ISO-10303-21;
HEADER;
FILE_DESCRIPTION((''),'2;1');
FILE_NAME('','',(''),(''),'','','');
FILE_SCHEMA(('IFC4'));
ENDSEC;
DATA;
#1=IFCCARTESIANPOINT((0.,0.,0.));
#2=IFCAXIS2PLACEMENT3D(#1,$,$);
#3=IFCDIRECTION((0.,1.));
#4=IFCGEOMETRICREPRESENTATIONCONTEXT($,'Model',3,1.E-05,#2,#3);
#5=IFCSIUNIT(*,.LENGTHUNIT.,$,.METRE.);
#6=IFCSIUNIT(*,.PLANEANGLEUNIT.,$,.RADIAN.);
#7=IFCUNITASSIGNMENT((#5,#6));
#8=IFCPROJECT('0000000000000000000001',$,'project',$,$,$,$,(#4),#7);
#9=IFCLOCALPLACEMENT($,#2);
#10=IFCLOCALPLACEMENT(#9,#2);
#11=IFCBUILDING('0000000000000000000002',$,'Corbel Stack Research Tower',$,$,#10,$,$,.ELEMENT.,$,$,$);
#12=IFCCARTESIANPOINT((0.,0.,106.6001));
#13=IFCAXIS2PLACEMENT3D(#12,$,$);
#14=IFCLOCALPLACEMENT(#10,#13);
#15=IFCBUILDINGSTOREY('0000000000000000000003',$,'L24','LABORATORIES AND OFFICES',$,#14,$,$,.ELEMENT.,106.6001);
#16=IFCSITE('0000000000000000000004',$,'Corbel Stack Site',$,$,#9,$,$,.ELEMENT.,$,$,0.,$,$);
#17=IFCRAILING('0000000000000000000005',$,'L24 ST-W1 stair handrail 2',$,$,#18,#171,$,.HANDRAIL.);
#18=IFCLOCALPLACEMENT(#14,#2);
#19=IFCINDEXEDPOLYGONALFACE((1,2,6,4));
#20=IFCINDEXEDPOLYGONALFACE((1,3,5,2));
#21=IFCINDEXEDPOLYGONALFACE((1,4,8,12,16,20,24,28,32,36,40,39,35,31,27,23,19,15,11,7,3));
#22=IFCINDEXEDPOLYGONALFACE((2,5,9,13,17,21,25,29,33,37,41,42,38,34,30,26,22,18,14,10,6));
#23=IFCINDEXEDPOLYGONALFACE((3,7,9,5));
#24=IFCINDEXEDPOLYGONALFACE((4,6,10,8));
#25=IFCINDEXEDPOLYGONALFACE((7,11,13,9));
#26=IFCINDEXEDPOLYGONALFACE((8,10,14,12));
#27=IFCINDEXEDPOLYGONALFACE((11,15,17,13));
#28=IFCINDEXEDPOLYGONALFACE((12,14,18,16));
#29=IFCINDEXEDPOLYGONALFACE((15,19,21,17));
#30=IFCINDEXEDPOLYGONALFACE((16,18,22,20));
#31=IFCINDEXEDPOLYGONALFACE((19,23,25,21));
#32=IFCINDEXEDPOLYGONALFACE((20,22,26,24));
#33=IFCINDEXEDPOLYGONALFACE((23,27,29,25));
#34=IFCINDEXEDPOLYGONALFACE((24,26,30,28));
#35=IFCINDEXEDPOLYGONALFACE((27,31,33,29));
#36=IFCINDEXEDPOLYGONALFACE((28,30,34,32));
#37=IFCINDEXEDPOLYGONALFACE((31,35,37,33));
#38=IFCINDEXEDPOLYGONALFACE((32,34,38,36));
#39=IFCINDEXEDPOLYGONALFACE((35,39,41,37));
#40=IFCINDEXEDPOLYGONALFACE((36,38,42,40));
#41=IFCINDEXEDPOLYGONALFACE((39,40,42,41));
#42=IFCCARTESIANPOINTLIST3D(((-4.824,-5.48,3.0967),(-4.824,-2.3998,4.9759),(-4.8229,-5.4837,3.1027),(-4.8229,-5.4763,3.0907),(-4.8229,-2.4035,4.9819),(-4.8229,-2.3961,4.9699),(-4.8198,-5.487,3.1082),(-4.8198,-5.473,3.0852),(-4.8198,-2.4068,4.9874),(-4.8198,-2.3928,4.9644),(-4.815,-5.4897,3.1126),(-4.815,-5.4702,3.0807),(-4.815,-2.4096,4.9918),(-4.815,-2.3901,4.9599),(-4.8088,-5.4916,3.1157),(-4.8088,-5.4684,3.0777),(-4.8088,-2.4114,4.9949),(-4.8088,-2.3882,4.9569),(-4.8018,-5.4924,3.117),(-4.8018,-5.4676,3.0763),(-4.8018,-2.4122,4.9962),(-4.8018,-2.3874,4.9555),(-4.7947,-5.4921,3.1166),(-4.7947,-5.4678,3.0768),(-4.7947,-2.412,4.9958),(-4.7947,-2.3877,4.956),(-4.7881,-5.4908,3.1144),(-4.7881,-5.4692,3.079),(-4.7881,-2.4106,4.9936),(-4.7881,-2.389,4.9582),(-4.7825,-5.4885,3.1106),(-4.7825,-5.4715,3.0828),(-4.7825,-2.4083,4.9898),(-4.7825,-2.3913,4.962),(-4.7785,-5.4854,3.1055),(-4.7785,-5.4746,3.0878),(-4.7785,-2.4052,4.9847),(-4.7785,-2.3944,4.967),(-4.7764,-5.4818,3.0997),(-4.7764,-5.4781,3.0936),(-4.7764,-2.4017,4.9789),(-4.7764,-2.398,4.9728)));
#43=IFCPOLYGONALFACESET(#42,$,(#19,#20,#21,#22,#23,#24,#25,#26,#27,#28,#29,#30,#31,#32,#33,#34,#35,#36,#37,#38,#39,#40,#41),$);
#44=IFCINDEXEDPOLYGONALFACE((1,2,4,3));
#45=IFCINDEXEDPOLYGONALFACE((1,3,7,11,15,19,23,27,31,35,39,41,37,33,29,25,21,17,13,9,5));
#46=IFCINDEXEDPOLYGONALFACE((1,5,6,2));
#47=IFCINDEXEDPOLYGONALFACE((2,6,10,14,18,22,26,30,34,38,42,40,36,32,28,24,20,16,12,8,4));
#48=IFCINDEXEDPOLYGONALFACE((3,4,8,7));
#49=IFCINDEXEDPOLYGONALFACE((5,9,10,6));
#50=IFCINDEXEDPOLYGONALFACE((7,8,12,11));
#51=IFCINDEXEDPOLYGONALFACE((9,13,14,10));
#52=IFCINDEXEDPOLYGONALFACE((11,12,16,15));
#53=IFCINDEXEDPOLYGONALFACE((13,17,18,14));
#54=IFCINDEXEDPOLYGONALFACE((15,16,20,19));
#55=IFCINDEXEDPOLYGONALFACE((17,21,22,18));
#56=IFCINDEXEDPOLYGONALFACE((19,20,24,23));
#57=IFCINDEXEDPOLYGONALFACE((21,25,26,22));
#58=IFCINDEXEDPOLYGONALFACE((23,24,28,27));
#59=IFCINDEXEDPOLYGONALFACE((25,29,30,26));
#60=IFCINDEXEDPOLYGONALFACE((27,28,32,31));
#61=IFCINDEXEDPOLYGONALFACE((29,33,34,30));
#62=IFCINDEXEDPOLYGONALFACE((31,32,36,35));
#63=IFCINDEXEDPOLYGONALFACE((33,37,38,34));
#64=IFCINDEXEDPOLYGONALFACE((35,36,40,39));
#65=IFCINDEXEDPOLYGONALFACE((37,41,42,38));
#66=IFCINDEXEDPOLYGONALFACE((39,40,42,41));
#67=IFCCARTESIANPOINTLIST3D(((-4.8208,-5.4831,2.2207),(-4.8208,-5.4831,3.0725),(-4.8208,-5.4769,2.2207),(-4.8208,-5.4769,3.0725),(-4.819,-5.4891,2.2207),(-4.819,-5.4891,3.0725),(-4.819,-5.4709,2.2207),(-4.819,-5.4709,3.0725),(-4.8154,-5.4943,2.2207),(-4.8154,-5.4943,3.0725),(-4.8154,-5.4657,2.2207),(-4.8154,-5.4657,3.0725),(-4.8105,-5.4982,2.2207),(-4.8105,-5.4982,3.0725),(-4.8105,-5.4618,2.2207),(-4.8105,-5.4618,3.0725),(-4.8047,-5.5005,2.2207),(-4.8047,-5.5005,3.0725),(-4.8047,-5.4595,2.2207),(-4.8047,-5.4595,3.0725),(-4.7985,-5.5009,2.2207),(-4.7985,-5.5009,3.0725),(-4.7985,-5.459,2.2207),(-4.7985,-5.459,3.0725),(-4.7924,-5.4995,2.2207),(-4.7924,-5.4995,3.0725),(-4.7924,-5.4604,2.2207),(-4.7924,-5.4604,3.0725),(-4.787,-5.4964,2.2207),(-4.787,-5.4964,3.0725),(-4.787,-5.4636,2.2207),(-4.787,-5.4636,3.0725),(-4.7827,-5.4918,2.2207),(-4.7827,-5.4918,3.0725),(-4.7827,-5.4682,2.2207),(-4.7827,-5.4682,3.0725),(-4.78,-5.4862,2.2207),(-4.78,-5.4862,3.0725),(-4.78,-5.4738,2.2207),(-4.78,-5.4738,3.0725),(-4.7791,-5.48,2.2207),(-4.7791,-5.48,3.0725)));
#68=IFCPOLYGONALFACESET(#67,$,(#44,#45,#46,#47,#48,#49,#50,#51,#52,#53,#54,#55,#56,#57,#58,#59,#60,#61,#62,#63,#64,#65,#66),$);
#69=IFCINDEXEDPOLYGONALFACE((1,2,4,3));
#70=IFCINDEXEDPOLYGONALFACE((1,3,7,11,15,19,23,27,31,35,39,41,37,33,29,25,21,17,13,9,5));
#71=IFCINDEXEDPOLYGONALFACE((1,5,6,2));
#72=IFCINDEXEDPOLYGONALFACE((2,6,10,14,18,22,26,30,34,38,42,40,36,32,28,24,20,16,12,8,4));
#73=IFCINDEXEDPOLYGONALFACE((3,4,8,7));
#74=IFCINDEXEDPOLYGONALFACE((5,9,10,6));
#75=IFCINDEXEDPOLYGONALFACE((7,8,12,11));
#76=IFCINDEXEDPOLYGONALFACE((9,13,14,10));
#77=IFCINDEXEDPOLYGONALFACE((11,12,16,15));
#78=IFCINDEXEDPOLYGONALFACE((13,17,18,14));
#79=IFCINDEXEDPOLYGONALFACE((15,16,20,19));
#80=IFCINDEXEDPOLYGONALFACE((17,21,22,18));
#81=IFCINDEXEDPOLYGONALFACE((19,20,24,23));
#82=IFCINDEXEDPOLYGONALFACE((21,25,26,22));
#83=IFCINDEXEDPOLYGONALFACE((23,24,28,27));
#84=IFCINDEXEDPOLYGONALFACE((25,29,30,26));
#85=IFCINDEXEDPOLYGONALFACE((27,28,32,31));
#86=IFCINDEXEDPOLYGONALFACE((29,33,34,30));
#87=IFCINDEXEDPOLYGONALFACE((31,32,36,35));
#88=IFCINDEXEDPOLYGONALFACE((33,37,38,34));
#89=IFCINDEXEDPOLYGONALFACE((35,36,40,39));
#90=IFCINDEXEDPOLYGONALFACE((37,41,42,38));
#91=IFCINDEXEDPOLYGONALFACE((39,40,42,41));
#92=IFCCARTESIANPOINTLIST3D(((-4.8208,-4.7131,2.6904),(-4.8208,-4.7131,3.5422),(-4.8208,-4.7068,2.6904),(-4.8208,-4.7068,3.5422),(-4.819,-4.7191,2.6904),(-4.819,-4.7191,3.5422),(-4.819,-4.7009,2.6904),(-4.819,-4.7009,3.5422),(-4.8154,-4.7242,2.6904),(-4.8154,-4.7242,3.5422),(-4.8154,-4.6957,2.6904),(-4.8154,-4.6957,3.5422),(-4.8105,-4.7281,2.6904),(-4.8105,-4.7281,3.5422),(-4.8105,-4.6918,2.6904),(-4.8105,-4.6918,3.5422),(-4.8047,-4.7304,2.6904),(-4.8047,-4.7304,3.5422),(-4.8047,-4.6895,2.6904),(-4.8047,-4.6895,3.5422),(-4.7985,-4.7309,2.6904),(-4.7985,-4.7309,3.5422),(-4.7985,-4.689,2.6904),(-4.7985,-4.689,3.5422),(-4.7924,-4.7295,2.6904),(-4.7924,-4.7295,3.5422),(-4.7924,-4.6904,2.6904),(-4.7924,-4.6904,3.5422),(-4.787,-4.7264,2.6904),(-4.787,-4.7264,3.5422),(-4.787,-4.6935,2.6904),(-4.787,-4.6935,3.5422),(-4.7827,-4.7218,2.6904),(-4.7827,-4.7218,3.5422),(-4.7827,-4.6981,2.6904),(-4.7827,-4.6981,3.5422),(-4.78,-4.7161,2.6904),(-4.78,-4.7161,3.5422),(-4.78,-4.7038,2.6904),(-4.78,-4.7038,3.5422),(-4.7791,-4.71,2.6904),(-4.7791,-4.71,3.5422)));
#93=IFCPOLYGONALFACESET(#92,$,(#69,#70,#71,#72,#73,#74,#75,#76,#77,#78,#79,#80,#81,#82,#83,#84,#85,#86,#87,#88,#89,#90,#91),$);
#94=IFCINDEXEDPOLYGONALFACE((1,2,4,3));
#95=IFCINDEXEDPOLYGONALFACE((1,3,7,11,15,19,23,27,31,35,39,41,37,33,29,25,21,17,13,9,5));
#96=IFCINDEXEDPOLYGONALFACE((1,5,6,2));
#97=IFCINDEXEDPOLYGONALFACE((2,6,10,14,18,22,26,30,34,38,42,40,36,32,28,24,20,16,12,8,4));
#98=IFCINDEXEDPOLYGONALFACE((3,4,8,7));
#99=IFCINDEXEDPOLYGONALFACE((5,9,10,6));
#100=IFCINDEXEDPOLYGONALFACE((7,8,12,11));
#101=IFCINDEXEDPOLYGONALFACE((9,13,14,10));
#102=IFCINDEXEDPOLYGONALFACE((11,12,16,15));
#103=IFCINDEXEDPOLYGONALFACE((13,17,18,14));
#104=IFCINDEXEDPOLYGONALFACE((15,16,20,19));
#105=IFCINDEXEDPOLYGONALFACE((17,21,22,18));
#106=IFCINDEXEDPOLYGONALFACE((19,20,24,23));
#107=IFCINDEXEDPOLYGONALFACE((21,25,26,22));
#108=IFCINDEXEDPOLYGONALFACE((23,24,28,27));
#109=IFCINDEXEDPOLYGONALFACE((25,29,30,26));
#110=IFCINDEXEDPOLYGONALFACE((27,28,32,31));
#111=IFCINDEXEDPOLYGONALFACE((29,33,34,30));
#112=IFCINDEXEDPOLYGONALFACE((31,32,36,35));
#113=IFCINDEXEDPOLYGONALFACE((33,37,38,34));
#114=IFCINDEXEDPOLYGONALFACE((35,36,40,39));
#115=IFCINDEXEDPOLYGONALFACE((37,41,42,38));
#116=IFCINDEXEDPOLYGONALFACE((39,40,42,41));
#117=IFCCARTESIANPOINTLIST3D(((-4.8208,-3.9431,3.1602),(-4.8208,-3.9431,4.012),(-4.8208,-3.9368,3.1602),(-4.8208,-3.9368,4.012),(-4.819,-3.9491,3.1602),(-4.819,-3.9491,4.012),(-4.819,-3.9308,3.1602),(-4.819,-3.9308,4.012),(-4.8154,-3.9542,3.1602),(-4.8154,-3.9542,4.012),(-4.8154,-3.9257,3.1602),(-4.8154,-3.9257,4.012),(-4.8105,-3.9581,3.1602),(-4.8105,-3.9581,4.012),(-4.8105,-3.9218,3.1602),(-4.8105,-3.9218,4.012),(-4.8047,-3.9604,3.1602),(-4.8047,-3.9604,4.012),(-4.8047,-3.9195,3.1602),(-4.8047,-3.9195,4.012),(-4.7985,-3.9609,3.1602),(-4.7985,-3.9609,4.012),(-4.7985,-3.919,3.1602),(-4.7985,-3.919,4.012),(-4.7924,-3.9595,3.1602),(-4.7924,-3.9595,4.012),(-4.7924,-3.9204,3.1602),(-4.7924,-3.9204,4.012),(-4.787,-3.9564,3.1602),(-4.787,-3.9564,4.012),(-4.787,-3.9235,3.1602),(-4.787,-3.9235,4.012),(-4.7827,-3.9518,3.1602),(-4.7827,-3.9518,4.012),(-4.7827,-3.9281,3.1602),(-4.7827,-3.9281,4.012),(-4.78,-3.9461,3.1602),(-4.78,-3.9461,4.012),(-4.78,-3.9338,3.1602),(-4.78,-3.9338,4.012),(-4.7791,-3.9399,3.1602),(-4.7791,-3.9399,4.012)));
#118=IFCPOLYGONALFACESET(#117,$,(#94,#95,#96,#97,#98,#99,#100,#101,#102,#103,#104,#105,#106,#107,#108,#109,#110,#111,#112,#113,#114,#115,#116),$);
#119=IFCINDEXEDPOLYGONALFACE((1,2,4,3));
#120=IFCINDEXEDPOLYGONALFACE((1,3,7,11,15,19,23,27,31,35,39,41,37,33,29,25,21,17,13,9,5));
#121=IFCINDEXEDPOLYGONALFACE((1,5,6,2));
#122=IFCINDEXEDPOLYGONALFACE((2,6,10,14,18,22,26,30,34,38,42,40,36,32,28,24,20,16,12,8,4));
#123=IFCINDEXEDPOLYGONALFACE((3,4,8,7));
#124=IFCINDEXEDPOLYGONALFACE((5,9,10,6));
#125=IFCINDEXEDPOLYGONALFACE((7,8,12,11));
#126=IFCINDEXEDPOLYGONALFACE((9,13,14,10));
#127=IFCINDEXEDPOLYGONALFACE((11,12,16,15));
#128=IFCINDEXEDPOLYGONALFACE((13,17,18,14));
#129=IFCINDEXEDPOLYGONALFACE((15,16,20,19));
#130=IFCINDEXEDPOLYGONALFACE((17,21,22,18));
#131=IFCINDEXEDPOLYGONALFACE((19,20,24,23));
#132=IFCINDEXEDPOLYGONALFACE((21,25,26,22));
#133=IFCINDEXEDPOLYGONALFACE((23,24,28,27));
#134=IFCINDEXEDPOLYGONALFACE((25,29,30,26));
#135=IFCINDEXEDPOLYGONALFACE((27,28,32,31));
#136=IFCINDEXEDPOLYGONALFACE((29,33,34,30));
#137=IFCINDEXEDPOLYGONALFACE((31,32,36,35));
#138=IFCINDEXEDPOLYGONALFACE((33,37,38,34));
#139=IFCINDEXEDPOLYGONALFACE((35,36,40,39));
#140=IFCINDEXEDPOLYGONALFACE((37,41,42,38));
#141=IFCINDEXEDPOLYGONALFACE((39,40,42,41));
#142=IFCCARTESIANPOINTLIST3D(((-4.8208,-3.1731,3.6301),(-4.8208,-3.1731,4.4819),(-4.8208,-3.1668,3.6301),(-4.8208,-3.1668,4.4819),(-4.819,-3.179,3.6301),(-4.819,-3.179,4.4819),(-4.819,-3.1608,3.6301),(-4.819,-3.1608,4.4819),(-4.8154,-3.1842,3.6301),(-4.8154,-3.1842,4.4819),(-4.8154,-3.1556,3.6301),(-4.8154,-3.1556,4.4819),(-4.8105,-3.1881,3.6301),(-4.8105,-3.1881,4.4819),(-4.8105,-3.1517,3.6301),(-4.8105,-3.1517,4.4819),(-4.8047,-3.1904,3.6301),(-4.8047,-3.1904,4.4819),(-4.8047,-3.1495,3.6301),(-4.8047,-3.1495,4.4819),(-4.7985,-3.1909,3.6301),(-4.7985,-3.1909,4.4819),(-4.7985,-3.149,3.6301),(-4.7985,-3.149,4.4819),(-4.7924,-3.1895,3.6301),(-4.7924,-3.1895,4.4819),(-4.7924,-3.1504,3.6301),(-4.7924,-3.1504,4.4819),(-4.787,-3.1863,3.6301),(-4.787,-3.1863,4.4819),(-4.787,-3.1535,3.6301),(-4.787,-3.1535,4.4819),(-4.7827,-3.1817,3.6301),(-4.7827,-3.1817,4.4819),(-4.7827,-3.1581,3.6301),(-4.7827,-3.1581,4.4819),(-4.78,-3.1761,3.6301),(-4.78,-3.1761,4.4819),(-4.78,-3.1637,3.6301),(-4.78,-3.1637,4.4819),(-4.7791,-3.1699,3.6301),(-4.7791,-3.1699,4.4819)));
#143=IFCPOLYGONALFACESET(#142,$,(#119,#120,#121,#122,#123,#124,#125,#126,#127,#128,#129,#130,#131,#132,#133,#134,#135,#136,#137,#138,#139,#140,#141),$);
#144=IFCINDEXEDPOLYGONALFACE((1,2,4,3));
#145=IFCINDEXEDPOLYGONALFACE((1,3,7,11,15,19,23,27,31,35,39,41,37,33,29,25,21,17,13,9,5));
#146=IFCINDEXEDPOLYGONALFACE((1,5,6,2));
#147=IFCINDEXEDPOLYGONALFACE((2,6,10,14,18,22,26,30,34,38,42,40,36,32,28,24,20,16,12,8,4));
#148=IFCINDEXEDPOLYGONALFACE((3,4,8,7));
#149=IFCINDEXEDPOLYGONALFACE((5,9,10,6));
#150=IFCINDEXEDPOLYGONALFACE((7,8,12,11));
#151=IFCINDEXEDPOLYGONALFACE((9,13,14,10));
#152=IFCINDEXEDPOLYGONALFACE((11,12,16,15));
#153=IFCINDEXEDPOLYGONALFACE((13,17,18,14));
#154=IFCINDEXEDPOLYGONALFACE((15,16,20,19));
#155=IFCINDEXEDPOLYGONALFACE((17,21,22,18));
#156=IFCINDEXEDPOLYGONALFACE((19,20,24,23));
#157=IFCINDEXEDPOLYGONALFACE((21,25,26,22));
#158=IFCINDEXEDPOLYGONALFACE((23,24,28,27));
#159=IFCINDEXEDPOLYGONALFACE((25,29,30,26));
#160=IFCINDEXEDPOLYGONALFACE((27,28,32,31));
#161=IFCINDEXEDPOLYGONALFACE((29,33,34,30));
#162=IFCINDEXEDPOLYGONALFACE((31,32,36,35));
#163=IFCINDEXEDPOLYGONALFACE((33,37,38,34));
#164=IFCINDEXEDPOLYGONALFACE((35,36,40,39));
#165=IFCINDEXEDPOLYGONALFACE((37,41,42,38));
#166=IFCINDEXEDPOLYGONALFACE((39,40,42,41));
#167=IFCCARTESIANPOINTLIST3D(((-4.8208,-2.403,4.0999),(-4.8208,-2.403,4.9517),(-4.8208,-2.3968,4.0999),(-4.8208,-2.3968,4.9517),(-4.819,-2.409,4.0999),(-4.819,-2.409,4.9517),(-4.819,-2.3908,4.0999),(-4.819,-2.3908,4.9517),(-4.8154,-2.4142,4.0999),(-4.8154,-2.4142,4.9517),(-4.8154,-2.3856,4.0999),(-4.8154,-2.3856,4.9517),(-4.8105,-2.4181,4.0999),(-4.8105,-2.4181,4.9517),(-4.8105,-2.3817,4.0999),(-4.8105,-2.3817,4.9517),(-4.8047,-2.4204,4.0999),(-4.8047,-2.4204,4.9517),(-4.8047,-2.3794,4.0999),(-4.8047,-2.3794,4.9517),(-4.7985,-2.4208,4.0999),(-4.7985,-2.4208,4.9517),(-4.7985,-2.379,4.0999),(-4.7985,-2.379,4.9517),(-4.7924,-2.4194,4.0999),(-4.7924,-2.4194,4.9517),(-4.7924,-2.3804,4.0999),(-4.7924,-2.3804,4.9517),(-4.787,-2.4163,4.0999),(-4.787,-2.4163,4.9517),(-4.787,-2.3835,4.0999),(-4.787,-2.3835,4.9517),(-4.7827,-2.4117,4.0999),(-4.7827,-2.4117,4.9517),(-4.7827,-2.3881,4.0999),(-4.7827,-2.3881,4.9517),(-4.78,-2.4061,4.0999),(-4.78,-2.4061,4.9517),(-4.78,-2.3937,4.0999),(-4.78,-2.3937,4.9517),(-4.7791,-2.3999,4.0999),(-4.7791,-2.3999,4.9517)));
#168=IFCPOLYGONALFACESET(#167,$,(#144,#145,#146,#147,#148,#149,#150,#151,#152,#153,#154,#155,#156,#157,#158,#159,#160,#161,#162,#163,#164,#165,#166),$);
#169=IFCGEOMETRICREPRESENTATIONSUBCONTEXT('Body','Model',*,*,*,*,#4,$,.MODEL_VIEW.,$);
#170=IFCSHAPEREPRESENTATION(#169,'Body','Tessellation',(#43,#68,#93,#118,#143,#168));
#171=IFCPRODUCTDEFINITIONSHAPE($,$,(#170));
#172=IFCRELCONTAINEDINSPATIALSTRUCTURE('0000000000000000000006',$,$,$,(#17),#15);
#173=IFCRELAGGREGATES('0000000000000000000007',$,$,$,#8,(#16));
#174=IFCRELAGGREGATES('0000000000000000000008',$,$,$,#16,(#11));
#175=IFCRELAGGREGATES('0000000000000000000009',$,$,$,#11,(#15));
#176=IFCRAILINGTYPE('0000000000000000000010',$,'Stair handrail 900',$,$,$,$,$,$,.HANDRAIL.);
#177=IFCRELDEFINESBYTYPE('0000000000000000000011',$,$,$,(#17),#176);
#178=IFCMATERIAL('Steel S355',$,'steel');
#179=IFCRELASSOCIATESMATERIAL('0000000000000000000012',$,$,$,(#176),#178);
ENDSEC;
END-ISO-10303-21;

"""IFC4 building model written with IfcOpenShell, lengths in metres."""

from ifc_helpers import new_model, si_unit, direction, frame, origin, origin_2d, place, context, subcontext, project, spatial, circle, extrude, material, type_object, element, save


model = new_model("IFC4")

# Units and contexts
model_context = context("Model", 3, precision=1e-05, world=origin(), true_north=direction((0.0, 1.0)))
body_context = subcontext(model_context, "Body", "Model", "MODEL_VIEW")
ifc_project = project(units=[si_unit("LENGTHUNIT", "METRE"), si_unit("PLANEANGLEUNIT", "RADIAN")], contexts=[model_context])

# Site, building, storey
site_placement = place(None, origin())
site = spatial("IfcSite", under=ifc_project, at=site_placement, Name="Corbel Stack Site", CompositionType="ELEMENT", RefElevation=0.0)
building_placement = place(site_placement, origin())
building = spatial("IfcBuilding", under=site, at=building_placement, Name="Corbel Stack Research Tower", CompositionType="ELEMENT")
storey_placement = place(building_placement, frame((0.0, 0.0, 106.6001)))
storey = spatial("IfcBuildingStorey", under=building, at=storey_placement, Name="L24", Description="LABORATORIES AND OFFICES", CompositionType="ELEMENT", Elevation=106.6001)

# Railing
ifc_material_1 = material(Name="Steel S355", Category="steel")
railing_type_1 = type_object("IfcRailingType", Name="Stair handrail 900", PredefinedType="HANDRAIL", material=ifc_material_1)
railing_1_placement = place(storey_placement, frame((-4.8, -5.48, 2.2207)))
element("IfcRailing", 1, at=railing_1_placement, inside=storey, type_object=railing_type_1, Name="L24 ST-W1 stair handrail 2", PredefinedType="HANDRAIL", context=body_context, shape_type="SweptSolid", body=[
    extrude(circle(Radius=0.0239, at=origin_2d()), frame((0.0, 0.0, 0.876), z_axis=(0.0, 0.853666, 0.52082), x_axis=(-1.0, 0.0, 0.0)), (0.0, 0.0, 1.0), 3.6082),
    extrude(circle(Radius=0.021, at=origin_2d()), origin(), (0.0, 0.0, 1.0), 0.8518),
    extrude(circle(Radius=0.021, at=origin_2d()), frame((0.0, 0.77, 0.4697)), (0.0, 0.0, 1.0), 0.8518),
    extrude(circle(Radius=0.021, at=origin_2d()), frame((0.0, 1.54, 0.9395)), (0.0, 0.0, 1.0), 0.8518),
    extrude(circle(Radius=0.021, at=origin_2d()), frame((0.0, 2.3101, 1.4094)), (0.0, 0.0, 1.0), 0.8518),
    extrude(circle(Radius=0.021, at=origin_2d()), frame((0.0, 3.0801, 1.8792)), (0.0, 0.0, 1.0), 0.8518),
])

save(model, "model.ifc")
